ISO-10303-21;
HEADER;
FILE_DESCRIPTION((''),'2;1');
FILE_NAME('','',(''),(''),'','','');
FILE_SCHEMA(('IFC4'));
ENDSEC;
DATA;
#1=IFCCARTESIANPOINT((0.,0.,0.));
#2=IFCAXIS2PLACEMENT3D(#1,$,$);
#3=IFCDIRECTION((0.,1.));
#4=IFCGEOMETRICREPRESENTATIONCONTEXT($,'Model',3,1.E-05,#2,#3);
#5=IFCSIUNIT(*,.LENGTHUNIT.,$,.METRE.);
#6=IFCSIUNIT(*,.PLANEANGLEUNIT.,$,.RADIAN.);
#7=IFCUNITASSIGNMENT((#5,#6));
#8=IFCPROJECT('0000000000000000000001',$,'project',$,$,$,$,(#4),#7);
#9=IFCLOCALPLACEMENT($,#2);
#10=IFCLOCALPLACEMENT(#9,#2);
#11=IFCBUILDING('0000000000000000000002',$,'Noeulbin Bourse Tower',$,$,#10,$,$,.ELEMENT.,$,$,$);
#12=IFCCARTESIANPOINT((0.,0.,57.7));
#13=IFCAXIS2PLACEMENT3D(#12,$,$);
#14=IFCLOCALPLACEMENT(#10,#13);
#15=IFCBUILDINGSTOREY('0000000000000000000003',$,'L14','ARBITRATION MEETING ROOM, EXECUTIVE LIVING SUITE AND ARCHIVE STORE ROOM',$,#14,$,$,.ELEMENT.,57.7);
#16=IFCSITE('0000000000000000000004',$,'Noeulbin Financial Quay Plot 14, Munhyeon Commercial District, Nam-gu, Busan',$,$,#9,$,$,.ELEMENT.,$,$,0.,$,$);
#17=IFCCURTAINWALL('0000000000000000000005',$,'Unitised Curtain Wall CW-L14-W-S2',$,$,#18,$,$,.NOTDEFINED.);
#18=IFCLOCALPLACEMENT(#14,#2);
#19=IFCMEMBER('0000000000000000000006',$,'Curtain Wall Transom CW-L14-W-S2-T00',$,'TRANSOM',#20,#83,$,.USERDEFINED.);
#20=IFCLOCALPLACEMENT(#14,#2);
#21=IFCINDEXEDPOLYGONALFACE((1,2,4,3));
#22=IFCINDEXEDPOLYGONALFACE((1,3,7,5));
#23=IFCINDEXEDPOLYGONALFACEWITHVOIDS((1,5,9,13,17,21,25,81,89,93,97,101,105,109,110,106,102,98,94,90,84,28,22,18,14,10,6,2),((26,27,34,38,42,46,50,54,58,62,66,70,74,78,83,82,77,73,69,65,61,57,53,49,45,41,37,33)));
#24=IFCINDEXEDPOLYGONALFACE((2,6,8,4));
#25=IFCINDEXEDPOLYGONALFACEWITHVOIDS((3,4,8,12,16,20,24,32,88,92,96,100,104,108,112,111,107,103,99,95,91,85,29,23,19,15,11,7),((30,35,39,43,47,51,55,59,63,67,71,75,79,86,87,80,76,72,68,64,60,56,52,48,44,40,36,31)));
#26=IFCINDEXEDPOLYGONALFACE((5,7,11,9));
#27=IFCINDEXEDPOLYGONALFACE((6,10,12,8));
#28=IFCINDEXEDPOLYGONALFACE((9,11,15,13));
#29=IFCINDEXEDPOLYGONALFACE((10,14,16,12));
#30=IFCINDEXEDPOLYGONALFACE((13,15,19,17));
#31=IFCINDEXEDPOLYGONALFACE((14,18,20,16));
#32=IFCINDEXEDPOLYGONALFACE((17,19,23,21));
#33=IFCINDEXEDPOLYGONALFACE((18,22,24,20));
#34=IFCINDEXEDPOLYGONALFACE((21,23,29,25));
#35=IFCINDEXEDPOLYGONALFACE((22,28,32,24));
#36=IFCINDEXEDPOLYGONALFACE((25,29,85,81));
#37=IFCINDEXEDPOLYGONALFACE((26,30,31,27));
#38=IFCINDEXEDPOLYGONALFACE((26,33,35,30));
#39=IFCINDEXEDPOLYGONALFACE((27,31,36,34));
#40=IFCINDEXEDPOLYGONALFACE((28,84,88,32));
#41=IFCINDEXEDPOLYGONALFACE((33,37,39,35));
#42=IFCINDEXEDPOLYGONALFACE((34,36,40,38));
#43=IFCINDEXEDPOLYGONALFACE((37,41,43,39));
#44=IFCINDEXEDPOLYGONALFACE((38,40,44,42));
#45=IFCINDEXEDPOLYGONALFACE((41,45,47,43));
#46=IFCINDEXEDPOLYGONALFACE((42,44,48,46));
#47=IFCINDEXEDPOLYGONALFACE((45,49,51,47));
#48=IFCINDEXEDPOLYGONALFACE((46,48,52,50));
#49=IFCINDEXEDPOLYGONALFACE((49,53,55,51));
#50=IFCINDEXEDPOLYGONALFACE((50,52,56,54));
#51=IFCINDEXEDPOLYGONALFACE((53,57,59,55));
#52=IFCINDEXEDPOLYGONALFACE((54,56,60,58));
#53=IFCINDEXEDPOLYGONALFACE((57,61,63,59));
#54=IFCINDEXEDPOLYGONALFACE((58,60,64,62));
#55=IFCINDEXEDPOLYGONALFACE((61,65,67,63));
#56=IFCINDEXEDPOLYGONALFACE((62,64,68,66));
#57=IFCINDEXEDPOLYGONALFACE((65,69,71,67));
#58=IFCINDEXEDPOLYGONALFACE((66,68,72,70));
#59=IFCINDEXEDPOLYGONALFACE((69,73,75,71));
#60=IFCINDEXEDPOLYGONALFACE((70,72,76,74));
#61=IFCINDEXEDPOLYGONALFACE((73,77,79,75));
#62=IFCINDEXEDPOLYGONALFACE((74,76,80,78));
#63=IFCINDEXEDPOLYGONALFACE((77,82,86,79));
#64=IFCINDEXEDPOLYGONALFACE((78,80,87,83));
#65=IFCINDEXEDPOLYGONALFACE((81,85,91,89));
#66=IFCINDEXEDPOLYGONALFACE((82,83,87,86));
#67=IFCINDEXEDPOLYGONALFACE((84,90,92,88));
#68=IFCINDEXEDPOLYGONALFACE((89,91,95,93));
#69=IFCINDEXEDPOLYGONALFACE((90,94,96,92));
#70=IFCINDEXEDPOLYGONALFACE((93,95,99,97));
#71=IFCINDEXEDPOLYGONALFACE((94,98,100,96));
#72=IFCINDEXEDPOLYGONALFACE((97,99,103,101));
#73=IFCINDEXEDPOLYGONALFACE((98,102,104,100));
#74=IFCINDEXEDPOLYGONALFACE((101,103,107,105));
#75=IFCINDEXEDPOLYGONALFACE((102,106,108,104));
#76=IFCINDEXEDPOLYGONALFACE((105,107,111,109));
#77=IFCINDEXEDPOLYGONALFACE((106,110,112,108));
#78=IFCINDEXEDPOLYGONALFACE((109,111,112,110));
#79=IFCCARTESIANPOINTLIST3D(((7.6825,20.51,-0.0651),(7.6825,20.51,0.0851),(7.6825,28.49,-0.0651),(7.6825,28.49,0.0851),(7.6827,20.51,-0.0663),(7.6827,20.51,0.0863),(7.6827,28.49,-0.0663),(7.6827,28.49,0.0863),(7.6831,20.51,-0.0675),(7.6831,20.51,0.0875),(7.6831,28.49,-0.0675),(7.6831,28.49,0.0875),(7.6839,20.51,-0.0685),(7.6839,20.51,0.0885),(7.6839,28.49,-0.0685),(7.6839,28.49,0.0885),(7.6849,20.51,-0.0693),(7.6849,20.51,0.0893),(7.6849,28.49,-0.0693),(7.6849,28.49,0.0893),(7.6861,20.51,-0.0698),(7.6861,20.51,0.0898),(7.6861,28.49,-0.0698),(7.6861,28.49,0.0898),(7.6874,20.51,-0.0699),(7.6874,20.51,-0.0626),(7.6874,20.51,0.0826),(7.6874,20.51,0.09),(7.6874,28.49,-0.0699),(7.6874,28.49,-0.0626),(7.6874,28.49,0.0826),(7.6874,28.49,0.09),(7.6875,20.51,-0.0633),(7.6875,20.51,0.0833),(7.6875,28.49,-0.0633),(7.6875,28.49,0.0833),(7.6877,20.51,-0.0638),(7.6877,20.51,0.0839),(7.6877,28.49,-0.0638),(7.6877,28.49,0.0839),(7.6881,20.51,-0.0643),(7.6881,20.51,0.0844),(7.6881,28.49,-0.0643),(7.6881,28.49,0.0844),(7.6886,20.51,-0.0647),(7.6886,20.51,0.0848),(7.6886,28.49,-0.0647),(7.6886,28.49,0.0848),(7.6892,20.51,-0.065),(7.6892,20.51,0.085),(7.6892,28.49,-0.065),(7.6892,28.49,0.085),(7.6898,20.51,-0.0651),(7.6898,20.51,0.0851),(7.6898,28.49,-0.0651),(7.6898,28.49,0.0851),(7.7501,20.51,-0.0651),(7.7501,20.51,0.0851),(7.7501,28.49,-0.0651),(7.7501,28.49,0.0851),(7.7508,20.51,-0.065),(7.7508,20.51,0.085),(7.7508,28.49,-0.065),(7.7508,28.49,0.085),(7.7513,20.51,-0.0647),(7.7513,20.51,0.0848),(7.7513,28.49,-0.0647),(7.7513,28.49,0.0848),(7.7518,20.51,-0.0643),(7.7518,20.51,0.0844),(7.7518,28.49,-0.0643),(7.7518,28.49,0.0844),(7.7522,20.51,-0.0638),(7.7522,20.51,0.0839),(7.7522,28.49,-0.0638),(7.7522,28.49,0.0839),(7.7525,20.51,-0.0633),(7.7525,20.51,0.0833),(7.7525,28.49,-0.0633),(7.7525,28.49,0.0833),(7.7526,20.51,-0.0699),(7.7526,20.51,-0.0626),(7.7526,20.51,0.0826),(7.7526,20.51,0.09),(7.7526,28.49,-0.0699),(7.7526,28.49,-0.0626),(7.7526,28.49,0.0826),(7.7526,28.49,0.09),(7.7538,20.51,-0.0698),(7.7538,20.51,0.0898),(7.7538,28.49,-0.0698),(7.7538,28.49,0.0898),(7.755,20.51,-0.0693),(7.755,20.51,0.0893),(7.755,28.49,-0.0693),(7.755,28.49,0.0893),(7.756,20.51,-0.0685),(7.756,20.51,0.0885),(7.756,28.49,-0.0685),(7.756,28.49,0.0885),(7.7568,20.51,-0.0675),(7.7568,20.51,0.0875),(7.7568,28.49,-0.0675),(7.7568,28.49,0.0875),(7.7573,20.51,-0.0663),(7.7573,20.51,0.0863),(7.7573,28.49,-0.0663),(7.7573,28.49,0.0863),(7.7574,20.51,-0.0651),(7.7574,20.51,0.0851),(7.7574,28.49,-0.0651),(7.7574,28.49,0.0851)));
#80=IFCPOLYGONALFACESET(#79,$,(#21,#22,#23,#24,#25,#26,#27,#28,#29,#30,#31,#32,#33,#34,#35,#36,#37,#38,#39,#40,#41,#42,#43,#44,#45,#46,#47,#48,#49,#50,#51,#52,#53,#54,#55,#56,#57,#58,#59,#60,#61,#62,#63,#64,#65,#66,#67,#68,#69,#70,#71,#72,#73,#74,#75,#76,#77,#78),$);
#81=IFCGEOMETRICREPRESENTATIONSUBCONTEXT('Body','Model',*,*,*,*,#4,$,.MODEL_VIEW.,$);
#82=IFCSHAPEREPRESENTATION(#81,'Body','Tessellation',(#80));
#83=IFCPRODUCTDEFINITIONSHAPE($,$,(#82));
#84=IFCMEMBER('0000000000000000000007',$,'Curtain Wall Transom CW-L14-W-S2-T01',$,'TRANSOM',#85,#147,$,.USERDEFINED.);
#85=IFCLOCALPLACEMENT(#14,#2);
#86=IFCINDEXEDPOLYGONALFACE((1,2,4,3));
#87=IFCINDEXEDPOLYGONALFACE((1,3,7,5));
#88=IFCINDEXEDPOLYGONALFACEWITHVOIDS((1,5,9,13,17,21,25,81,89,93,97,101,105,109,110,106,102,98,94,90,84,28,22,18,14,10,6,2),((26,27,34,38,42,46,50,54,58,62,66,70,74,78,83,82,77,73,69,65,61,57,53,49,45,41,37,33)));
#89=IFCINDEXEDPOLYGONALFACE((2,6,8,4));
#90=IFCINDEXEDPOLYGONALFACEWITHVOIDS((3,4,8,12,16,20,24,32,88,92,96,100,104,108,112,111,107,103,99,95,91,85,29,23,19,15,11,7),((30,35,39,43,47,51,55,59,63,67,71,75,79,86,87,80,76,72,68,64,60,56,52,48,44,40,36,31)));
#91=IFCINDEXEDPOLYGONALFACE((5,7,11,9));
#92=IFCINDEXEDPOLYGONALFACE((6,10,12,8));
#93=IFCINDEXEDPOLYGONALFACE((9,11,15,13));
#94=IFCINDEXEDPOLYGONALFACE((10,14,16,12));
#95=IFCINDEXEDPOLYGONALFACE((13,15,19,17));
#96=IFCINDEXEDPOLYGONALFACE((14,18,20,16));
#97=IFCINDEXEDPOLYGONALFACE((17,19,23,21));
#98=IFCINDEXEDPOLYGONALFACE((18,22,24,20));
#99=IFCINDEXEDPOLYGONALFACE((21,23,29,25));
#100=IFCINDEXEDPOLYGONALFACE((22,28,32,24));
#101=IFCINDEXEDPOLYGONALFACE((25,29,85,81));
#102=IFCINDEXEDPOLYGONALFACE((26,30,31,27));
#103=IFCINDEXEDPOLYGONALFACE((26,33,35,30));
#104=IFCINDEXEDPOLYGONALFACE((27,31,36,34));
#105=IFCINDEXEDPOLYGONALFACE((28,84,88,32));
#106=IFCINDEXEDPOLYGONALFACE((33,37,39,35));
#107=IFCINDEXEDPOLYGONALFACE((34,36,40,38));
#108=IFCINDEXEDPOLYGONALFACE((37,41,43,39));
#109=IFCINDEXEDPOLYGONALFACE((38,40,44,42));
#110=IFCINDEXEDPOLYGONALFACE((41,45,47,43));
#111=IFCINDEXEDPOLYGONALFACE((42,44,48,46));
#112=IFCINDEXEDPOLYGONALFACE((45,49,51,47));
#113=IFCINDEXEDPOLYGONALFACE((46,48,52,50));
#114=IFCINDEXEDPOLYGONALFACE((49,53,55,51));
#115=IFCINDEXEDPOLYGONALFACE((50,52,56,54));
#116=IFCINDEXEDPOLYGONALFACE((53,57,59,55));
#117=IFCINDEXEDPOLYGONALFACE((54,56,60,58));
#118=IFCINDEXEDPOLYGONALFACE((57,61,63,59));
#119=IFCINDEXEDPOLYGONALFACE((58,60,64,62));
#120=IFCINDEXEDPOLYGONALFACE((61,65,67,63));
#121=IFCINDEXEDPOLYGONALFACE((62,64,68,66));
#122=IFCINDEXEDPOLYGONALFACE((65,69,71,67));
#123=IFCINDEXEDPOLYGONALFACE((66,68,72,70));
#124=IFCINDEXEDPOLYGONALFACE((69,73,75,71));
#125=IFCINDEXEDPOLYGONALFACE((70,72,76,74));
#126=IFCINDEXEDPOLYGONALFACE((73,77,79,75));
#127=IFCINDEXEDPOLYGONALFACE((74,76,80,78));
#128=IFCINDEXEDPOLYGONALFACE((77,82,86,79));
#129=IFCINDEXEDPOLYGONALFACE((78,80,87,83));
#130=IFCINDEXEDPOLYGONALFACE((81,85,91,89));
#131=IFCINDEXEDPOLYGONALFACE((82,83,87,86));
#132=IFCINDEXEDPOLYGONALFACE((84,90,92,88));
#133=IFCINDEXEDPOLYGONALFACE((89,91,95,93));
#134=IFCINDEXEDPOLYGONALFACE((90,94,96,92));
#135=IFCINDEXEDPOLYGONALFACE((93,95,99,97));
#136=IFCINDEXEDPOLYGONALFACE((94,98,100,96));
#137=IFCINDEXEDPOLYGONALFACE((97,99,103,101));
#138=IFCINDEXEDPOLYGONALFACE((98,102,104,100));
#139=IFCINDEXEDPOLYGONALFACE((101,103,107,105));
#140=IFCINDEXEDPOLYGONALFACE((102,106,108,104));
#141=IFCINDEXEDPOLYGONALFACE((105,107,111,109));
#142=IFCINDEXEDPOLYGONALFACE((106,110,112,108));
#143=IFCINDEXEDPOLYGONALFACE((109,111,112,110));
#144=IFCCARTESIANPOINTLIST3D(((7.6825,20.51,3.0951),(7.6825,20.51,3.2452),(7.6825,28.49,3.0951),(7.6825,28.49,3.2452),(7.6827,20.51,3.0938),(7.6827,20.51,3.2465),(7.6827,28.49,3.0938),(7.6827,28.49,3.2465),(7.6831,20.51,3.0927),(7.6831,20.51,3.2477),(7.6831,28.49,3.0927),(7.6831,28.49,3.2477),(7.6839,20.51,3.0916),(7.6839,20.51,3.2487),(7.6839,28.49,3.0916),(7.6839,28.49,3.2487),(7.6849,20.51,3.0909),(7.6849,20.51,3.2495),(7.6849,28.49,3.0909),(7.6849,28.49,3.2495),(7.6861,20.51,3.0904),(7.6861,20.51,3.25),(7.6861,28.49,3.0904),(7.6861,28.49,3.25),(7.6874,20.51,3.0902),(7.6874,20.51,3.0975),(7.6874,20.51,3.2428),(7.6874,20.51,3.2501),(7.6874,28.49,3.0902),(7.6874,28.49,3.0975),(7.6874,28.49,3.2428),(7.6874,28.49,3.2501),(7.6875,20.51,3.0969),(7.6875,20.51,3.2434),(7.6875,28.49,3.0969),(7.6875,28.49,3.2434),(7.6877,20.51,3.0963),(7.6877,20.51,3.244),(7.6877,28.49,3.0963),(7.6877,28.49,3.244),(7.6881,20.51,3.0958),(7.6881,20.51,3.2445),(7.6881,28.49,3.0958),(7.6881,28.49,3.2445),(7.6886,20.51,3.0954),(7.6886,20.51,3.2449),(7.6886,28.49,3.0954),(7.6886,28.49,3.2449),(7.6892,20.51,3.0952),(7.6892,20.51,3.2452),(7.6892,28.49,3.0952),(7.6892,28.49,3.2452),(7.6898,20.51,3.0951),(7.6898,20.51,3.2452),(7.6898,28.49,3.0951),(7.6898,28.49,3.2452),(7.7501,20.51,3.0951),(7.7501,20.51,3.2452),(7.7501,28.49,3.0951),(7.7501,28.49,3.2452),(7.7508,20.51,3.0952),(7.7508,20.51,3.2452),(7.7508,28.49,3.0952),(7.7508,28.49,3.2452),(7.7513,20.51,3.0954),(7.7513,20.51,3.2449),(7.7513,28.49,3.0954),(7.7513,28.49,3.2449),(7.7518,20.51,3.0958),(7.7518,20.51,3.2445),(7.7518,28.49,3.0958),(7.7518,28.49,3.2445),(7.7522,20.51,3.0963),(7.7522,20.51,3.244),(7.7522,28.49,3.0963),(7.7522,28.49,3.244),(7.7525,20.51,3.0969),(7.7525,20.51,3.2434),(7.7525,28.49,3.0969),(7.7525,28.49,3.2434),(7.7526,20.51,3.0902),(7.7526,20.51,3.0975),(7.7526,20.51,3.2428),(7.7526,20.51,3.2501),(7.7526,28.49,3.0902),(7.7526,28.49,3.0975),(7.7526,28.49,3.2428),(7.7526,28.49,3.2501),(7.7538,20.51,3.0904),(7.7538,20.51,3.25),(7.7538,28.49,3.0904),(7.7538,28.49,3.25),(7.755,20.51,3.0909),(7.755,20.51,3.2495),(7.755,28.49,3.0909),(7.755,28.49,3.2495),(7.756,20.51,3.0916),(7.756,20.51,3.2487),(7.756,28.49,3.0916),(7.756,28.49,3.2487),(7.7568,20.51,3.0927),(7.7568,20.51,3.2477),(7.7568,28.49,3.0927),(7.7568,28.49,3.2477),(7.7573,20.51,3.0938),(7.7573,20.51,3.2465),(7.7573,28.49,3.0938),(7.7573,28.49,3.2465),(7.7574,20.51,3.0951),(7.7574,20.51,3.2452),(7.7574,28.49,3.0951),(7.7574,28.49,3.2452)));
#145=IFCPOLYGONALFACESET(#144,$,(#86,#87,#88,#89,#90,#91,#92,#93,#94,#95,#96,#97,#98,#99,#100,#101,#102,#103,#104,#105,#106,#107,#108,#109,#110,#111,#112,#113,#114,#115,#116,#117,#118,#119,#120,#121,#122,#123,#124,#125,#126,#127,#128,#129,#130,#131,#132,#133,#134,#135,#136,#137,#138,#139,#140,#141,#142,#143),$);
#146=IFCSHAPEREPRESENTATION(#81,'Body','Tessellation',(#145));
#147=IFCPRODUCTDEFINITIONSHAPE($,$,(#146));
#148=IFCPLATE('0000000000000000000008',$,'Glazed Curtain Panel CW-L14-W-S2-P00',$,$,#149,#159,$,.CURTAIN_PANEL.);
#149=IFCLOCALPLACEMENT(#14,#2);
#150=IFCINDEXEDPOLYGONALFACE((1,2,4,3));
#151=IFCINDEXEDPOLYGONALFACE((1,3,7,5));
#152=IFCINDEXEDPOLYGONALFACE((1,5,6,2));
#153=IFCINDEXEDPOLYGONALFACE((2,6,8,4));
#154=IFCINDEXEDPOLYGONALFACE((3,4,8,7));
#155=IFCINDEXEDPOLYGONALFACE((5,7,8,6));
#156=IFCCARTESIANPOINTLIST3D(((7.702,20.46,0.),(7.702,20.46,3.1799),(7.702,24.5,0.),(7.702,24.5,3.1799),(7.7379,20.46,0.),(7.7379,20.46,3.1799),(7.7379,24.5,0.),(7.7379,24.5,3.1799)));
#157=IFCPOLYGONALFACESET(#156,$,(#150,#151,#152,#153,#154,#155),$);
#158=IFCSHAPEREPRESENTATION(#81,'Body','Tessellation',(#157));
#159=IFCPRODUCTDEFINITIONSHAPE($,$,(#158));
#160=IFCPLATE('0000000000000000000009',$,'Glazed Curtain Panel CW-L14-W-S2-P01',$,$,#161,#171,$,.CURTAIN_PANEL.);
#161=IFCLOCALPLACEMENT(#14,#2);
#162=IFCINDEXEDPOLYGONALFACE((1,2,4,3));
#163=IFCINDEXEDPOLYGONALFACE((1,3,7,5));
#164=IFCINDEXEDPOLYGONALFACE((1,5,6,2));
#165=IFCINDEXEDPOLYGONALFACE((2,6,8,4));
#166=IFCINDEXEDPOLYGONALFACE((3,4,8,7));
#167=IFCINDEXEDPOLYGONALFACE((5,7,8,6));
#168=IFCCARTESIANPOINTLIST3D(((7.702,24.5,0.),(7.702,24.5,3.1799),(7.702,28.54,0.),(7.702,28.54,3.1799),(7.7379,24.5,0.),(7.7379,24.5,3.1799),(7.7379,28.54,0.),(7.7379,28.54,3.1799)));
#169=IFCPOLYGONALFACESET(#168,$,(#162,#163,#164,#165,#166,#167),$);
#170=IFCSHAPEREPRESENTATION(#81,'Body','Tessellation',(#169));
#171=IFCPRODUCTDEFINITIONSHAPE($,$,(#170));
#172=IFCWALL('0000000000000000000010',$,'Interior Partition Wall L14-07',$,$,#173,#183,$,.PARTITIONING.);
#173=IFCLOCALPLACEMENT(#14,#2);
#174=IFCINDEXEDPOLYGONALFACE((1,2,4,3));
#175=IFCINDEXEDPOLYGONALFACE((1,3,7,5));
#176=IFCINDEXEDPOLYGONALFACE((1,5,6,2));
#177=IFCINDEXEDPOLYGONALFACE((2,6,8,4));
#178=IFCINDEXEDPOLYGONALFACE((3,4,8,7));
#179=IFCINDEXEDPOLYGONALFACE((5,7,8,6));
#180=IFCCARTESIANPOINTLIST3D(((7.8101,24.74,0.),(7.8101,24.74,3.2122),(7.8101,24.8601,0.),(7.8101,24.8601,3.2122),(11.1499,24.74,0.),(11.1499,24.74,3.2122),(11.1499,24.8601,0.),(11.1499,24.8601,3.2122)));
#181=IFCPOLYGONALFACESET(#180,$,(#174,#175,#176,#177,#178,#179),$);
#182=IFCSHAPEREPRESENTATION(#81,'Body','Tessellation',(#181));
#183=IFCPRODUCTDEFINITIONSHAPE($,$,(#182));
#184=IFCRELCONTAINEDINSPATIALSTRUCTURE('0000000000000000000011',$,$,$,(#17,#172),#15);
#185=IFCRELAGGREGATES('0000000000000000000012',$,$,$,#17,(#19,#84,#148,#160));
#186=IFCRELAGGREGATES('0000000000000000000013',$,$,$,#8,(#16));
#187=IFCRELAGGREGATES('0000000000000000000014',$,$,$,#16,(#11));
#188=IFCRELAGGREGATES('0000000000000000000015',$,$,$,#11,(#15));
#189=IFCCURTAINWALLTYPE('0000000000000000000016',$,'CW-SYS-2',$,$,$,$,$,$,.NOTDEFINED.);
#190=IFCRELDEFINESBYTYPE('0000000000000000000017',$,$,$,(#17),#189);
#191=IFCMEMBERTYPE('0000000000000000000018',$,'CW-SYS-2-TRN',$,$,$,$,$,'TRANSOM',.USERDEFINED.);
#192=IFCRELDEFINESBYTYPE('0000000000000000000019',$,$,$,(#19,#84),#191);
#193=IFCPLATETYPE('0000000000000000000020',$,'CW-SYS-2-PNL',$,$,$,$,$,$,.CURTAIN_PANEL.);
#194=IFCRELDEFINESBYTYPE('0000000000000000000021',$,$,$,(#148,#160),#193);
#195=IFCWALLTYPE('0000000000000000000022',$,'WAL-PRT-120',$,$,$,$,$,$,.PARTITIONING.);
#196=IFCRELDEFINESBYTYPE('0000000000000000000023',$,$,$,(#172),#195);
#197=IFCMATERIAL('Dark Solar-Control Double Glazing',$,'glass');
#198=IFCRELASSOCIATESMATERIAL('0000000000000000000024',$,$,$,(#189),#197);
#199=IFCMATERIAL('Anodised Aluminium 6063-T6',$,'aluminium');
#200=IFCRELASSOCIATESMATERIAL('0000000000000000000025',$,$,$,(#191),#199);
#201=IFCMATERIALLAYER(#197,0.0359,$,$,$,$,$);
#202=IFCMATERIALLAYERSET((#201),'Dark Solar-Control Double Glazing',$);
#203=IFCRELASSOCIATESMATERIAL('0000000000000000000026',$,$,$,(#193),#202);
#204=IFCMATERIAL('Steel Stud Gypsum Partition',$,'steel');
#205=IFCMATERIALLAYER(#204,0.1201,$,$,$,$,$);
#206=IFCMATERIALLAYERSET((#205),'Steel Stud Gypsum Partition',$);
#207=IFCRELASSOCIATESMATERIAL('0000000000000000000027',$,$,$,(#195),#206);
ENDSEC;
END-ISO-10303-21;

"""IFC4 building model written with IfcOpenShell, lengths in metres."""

from ifc_helpers import new_model, si_unit, direction, frame, frame_2d, origin, origin_2d, place, context, subcontext, project, spatial, rectangle, hollow_rectangle, extrude, material, layer, layer_set, material_profile, profile_set, type_object, element, aggregate, save


model = new_model("IFC4")

# Units and contexts
model_context = context("Model", 3, precision=1e-05, world=origin(), true_north=direction((0.0, 1.0)))
body_context = subcontext(model_context, "Body", "Model", "MODEL_VIEW")
ifc_project = project(units=[si_unit("LENGTHUNIT", "METRE"), si_unit("PLANEANGLEUNIT", "RADIAN")], contexts=[model_context])

# Site, building, storey
site_placement = place(None, origin())
site = spatial("IfcSite", under=ifc_project, at=site_placement, Name="Noeulbin Financial Quay Plot 14, Munhyeon Commercial District, Nam-gu, Busan", CompositionType="ELEMENT", RefElevation=0.0)
building_placement = place(site_placement, origin())
building = spatial("IfcBuilding", under=site, at=building_placement, Name="Noeulbin Bourse Tower", CompositionType="ELEMENT")
storey_placement = place(building_placement, frame((0.0, 0.0, 57.7)))
storey = spatial("IfcBuildingStorey", under=building, at=storey_placement, Name="L14", Description="ARBITRATION MEETING ROOM, EXECUTIVE LIVING SUITE AND ARCHIVE STORE ROOM", CompositionType="ELEMENT", Elevation=57.7)

# Curtain wall, members, plates
ifc_material_1 = material(Name="Dark Solar-Control Double Glazing", Category="glass")
curtain_wall_type = type_object("IfcCurtainWallType", Name="CW-SYS-2", PredefinedType="NOTDEFINED", material=ifc_material_1)
curtain_wall_placement = place(storey_placement, origin())
curtain_wall = element("IfcCurtainWall", 1, at=curtain_wall_placement, inside=storey, type_object=curtain_wall_type, Name="Unitised Curtain Wall CW-L14-W-S2", PredefinedType="NOTDEFINED")
ifc_material_2 = material(Name="Anodised Aluminium 6063-T6", Category="aluminium")
ifc_material_profile_1 = material_profile(ifc_material_2, hollow_rectangle(XDim=0.075, YDim=0.1599, WallThickness=0.0049, InnerFilletRadius=0.0024, OuterFilletRadius=0.0049, at=origin_2d()), Name="ALU-TRAN-75x160x5", Category="LoadBearing")
ifc_profile_set_1 = profile_set([ifc_material_profile_1], Name="Anodised Aluminium 6063-T6")
member_type_1 = type_object("IfcMemberType", Name="CW-SYS-2-TRN", ElementType="TRANSOM", PredefinedType="USERDEFINED", material=ifc_profile_set_1)
member_1_placement = place(storey_placement, frame((7.72, 20.51, 0.01), z_axis=(0.0, 1.0, 0.0), x_axis=(-1.0, 0.0, 0.0)))
member_1 = element("IfcMember", 2, at=member_1_placement, type_object=member_type_1, Name="Curtain Wall Transom CW-L14-W-S2-T00", ObjectType="TRANSOM", PredefinedType="USERDEFINED", context=body_context, shape_type="SweptSolid", body=[
    extrude(hollow_rectangle(XDim=0.075, YDim=0.1599, WallThickness=0.0049, InnerFilletRadius=0.0024, OuterFilletRadius=0.0049, at=origin_2d()), origin(), (0.0, 0.0, 1.0), 7.98),
])
member_2_placement = place(storey_placement, frame((7.72, 20.51, 3.1702), z_axis=(0.0, 1.0, 0.0), x_axis=(-1.0, 0.0, 0.0)))
member_2 = element("IfcMember", 3, at=member_2_placement, type_object=member_type_1, Name="Curtain Wall Transom CW-L14-W-S2-T01", ObjectType="TRANSOM", PredefinedType="USERDEFINED", context=body_context, shape_type="SweptSolid", body=[
    extrude(hollow_rectangle(XDim=0.075, YDim=0.1599, WallThickness=0.0049, InnerFilletRadius=0.0024, OuterFilletRadius=0.0049, at=origin_2d()), origin(), (0.0, 0.0, 1.0), 7.98),
])
ifc_layer_1 = layer(ifc_material_1, 0.0359)
ifc_layer_set_1 = layer_set([ifc_layer_1], Name="Dark Solar-Control Double Glazing")
plate_type = type_object("IfcPlateType", Name="CW-SYS-2-PNL", PredefinedType="CURTAIN_PANEL", material=ifc_layer_set_1)
plate_1_placement = place(storey_placement, frame((7.72, 22.48, 0.0), z_axis=(0.0, 0.0, 1.0), x_axis=(0.0, 1.0, 0.0)))
plate_1 = element("IfcPlate", 4, at=plate_1_placement, type_object=plate_type, Name="Glazed Curtain Panel CW-L14-W-S2-P00", PredefinedType="CURTAIN_PANEL", context=body_context, shape_type="SweptSolid", body=[
    extrude(rectangle(XDim=4.04, YDim=0.0359, at=origin_2d()), origin(), (0.0, 0.0, 1.0), 3.1799),
])
plate_2_placement = place(storey_placement, frame((7.72, 26.52, 0.0), z_axis=(0.0, 0.0, 1.0), x_axis=(0.0, 1.0, 0.0)))
plate_2 = element("IfcPlate", 5, at=plate_2_placement, type_object=plate_type, Name="Glazed Curtain Panel CW-L14-W-S2-P01", PredefinedType="CURTAIN_PANEL", context=body_context, shape_type="SweptSolid", body=[
    extrude(rectangle(XDim=4.04, YDim=0.0359, at=origin_2d()), origin(), (0.0, 0.0, 1.0), 3.1799),
])
aggregate(curtain_wall, [member_1, member_2, plate_1, plate_2])

# Wall
ifc_material_3 = material(Name="Steel Stud Gypsum Partition", Category="steel")
ifc_layer_2 = layer(ifc_material_3, 0.1201)
ifc_layer_set_2 = layer_set([ifc_layer_2], Name="Steel Stud Gypsum Partition")
wall_type_1 = type_object("IfcWallType", Name="WAL-PRT-120", PredefinedType="PARTITIONING", material=ifc_layer_set_2)
wall_1_placement = place(storey_placement, frame((7.8101, 24.8, 0.0), z_axis=(0.0, 0.0, 1.0), x_axis=(1.0, 0.0, 0.0)))
element("IfcWall", 6, at=wall_1_placement, inside=storey, type_object=wall_type_1, Name="Interior Partition Wall L14-07", PredefinedType="PARTITIONING", context=body_context, shape_type="SweptSolid", body=[
    extrude(rectangle(XDim=3.3398, YDim=0.1201, at=frame_2d((1.6699, 0.0))), origin(), (0.0, 0.0, 1.0), 3.2122),
])

save(model, "model.ifc")
